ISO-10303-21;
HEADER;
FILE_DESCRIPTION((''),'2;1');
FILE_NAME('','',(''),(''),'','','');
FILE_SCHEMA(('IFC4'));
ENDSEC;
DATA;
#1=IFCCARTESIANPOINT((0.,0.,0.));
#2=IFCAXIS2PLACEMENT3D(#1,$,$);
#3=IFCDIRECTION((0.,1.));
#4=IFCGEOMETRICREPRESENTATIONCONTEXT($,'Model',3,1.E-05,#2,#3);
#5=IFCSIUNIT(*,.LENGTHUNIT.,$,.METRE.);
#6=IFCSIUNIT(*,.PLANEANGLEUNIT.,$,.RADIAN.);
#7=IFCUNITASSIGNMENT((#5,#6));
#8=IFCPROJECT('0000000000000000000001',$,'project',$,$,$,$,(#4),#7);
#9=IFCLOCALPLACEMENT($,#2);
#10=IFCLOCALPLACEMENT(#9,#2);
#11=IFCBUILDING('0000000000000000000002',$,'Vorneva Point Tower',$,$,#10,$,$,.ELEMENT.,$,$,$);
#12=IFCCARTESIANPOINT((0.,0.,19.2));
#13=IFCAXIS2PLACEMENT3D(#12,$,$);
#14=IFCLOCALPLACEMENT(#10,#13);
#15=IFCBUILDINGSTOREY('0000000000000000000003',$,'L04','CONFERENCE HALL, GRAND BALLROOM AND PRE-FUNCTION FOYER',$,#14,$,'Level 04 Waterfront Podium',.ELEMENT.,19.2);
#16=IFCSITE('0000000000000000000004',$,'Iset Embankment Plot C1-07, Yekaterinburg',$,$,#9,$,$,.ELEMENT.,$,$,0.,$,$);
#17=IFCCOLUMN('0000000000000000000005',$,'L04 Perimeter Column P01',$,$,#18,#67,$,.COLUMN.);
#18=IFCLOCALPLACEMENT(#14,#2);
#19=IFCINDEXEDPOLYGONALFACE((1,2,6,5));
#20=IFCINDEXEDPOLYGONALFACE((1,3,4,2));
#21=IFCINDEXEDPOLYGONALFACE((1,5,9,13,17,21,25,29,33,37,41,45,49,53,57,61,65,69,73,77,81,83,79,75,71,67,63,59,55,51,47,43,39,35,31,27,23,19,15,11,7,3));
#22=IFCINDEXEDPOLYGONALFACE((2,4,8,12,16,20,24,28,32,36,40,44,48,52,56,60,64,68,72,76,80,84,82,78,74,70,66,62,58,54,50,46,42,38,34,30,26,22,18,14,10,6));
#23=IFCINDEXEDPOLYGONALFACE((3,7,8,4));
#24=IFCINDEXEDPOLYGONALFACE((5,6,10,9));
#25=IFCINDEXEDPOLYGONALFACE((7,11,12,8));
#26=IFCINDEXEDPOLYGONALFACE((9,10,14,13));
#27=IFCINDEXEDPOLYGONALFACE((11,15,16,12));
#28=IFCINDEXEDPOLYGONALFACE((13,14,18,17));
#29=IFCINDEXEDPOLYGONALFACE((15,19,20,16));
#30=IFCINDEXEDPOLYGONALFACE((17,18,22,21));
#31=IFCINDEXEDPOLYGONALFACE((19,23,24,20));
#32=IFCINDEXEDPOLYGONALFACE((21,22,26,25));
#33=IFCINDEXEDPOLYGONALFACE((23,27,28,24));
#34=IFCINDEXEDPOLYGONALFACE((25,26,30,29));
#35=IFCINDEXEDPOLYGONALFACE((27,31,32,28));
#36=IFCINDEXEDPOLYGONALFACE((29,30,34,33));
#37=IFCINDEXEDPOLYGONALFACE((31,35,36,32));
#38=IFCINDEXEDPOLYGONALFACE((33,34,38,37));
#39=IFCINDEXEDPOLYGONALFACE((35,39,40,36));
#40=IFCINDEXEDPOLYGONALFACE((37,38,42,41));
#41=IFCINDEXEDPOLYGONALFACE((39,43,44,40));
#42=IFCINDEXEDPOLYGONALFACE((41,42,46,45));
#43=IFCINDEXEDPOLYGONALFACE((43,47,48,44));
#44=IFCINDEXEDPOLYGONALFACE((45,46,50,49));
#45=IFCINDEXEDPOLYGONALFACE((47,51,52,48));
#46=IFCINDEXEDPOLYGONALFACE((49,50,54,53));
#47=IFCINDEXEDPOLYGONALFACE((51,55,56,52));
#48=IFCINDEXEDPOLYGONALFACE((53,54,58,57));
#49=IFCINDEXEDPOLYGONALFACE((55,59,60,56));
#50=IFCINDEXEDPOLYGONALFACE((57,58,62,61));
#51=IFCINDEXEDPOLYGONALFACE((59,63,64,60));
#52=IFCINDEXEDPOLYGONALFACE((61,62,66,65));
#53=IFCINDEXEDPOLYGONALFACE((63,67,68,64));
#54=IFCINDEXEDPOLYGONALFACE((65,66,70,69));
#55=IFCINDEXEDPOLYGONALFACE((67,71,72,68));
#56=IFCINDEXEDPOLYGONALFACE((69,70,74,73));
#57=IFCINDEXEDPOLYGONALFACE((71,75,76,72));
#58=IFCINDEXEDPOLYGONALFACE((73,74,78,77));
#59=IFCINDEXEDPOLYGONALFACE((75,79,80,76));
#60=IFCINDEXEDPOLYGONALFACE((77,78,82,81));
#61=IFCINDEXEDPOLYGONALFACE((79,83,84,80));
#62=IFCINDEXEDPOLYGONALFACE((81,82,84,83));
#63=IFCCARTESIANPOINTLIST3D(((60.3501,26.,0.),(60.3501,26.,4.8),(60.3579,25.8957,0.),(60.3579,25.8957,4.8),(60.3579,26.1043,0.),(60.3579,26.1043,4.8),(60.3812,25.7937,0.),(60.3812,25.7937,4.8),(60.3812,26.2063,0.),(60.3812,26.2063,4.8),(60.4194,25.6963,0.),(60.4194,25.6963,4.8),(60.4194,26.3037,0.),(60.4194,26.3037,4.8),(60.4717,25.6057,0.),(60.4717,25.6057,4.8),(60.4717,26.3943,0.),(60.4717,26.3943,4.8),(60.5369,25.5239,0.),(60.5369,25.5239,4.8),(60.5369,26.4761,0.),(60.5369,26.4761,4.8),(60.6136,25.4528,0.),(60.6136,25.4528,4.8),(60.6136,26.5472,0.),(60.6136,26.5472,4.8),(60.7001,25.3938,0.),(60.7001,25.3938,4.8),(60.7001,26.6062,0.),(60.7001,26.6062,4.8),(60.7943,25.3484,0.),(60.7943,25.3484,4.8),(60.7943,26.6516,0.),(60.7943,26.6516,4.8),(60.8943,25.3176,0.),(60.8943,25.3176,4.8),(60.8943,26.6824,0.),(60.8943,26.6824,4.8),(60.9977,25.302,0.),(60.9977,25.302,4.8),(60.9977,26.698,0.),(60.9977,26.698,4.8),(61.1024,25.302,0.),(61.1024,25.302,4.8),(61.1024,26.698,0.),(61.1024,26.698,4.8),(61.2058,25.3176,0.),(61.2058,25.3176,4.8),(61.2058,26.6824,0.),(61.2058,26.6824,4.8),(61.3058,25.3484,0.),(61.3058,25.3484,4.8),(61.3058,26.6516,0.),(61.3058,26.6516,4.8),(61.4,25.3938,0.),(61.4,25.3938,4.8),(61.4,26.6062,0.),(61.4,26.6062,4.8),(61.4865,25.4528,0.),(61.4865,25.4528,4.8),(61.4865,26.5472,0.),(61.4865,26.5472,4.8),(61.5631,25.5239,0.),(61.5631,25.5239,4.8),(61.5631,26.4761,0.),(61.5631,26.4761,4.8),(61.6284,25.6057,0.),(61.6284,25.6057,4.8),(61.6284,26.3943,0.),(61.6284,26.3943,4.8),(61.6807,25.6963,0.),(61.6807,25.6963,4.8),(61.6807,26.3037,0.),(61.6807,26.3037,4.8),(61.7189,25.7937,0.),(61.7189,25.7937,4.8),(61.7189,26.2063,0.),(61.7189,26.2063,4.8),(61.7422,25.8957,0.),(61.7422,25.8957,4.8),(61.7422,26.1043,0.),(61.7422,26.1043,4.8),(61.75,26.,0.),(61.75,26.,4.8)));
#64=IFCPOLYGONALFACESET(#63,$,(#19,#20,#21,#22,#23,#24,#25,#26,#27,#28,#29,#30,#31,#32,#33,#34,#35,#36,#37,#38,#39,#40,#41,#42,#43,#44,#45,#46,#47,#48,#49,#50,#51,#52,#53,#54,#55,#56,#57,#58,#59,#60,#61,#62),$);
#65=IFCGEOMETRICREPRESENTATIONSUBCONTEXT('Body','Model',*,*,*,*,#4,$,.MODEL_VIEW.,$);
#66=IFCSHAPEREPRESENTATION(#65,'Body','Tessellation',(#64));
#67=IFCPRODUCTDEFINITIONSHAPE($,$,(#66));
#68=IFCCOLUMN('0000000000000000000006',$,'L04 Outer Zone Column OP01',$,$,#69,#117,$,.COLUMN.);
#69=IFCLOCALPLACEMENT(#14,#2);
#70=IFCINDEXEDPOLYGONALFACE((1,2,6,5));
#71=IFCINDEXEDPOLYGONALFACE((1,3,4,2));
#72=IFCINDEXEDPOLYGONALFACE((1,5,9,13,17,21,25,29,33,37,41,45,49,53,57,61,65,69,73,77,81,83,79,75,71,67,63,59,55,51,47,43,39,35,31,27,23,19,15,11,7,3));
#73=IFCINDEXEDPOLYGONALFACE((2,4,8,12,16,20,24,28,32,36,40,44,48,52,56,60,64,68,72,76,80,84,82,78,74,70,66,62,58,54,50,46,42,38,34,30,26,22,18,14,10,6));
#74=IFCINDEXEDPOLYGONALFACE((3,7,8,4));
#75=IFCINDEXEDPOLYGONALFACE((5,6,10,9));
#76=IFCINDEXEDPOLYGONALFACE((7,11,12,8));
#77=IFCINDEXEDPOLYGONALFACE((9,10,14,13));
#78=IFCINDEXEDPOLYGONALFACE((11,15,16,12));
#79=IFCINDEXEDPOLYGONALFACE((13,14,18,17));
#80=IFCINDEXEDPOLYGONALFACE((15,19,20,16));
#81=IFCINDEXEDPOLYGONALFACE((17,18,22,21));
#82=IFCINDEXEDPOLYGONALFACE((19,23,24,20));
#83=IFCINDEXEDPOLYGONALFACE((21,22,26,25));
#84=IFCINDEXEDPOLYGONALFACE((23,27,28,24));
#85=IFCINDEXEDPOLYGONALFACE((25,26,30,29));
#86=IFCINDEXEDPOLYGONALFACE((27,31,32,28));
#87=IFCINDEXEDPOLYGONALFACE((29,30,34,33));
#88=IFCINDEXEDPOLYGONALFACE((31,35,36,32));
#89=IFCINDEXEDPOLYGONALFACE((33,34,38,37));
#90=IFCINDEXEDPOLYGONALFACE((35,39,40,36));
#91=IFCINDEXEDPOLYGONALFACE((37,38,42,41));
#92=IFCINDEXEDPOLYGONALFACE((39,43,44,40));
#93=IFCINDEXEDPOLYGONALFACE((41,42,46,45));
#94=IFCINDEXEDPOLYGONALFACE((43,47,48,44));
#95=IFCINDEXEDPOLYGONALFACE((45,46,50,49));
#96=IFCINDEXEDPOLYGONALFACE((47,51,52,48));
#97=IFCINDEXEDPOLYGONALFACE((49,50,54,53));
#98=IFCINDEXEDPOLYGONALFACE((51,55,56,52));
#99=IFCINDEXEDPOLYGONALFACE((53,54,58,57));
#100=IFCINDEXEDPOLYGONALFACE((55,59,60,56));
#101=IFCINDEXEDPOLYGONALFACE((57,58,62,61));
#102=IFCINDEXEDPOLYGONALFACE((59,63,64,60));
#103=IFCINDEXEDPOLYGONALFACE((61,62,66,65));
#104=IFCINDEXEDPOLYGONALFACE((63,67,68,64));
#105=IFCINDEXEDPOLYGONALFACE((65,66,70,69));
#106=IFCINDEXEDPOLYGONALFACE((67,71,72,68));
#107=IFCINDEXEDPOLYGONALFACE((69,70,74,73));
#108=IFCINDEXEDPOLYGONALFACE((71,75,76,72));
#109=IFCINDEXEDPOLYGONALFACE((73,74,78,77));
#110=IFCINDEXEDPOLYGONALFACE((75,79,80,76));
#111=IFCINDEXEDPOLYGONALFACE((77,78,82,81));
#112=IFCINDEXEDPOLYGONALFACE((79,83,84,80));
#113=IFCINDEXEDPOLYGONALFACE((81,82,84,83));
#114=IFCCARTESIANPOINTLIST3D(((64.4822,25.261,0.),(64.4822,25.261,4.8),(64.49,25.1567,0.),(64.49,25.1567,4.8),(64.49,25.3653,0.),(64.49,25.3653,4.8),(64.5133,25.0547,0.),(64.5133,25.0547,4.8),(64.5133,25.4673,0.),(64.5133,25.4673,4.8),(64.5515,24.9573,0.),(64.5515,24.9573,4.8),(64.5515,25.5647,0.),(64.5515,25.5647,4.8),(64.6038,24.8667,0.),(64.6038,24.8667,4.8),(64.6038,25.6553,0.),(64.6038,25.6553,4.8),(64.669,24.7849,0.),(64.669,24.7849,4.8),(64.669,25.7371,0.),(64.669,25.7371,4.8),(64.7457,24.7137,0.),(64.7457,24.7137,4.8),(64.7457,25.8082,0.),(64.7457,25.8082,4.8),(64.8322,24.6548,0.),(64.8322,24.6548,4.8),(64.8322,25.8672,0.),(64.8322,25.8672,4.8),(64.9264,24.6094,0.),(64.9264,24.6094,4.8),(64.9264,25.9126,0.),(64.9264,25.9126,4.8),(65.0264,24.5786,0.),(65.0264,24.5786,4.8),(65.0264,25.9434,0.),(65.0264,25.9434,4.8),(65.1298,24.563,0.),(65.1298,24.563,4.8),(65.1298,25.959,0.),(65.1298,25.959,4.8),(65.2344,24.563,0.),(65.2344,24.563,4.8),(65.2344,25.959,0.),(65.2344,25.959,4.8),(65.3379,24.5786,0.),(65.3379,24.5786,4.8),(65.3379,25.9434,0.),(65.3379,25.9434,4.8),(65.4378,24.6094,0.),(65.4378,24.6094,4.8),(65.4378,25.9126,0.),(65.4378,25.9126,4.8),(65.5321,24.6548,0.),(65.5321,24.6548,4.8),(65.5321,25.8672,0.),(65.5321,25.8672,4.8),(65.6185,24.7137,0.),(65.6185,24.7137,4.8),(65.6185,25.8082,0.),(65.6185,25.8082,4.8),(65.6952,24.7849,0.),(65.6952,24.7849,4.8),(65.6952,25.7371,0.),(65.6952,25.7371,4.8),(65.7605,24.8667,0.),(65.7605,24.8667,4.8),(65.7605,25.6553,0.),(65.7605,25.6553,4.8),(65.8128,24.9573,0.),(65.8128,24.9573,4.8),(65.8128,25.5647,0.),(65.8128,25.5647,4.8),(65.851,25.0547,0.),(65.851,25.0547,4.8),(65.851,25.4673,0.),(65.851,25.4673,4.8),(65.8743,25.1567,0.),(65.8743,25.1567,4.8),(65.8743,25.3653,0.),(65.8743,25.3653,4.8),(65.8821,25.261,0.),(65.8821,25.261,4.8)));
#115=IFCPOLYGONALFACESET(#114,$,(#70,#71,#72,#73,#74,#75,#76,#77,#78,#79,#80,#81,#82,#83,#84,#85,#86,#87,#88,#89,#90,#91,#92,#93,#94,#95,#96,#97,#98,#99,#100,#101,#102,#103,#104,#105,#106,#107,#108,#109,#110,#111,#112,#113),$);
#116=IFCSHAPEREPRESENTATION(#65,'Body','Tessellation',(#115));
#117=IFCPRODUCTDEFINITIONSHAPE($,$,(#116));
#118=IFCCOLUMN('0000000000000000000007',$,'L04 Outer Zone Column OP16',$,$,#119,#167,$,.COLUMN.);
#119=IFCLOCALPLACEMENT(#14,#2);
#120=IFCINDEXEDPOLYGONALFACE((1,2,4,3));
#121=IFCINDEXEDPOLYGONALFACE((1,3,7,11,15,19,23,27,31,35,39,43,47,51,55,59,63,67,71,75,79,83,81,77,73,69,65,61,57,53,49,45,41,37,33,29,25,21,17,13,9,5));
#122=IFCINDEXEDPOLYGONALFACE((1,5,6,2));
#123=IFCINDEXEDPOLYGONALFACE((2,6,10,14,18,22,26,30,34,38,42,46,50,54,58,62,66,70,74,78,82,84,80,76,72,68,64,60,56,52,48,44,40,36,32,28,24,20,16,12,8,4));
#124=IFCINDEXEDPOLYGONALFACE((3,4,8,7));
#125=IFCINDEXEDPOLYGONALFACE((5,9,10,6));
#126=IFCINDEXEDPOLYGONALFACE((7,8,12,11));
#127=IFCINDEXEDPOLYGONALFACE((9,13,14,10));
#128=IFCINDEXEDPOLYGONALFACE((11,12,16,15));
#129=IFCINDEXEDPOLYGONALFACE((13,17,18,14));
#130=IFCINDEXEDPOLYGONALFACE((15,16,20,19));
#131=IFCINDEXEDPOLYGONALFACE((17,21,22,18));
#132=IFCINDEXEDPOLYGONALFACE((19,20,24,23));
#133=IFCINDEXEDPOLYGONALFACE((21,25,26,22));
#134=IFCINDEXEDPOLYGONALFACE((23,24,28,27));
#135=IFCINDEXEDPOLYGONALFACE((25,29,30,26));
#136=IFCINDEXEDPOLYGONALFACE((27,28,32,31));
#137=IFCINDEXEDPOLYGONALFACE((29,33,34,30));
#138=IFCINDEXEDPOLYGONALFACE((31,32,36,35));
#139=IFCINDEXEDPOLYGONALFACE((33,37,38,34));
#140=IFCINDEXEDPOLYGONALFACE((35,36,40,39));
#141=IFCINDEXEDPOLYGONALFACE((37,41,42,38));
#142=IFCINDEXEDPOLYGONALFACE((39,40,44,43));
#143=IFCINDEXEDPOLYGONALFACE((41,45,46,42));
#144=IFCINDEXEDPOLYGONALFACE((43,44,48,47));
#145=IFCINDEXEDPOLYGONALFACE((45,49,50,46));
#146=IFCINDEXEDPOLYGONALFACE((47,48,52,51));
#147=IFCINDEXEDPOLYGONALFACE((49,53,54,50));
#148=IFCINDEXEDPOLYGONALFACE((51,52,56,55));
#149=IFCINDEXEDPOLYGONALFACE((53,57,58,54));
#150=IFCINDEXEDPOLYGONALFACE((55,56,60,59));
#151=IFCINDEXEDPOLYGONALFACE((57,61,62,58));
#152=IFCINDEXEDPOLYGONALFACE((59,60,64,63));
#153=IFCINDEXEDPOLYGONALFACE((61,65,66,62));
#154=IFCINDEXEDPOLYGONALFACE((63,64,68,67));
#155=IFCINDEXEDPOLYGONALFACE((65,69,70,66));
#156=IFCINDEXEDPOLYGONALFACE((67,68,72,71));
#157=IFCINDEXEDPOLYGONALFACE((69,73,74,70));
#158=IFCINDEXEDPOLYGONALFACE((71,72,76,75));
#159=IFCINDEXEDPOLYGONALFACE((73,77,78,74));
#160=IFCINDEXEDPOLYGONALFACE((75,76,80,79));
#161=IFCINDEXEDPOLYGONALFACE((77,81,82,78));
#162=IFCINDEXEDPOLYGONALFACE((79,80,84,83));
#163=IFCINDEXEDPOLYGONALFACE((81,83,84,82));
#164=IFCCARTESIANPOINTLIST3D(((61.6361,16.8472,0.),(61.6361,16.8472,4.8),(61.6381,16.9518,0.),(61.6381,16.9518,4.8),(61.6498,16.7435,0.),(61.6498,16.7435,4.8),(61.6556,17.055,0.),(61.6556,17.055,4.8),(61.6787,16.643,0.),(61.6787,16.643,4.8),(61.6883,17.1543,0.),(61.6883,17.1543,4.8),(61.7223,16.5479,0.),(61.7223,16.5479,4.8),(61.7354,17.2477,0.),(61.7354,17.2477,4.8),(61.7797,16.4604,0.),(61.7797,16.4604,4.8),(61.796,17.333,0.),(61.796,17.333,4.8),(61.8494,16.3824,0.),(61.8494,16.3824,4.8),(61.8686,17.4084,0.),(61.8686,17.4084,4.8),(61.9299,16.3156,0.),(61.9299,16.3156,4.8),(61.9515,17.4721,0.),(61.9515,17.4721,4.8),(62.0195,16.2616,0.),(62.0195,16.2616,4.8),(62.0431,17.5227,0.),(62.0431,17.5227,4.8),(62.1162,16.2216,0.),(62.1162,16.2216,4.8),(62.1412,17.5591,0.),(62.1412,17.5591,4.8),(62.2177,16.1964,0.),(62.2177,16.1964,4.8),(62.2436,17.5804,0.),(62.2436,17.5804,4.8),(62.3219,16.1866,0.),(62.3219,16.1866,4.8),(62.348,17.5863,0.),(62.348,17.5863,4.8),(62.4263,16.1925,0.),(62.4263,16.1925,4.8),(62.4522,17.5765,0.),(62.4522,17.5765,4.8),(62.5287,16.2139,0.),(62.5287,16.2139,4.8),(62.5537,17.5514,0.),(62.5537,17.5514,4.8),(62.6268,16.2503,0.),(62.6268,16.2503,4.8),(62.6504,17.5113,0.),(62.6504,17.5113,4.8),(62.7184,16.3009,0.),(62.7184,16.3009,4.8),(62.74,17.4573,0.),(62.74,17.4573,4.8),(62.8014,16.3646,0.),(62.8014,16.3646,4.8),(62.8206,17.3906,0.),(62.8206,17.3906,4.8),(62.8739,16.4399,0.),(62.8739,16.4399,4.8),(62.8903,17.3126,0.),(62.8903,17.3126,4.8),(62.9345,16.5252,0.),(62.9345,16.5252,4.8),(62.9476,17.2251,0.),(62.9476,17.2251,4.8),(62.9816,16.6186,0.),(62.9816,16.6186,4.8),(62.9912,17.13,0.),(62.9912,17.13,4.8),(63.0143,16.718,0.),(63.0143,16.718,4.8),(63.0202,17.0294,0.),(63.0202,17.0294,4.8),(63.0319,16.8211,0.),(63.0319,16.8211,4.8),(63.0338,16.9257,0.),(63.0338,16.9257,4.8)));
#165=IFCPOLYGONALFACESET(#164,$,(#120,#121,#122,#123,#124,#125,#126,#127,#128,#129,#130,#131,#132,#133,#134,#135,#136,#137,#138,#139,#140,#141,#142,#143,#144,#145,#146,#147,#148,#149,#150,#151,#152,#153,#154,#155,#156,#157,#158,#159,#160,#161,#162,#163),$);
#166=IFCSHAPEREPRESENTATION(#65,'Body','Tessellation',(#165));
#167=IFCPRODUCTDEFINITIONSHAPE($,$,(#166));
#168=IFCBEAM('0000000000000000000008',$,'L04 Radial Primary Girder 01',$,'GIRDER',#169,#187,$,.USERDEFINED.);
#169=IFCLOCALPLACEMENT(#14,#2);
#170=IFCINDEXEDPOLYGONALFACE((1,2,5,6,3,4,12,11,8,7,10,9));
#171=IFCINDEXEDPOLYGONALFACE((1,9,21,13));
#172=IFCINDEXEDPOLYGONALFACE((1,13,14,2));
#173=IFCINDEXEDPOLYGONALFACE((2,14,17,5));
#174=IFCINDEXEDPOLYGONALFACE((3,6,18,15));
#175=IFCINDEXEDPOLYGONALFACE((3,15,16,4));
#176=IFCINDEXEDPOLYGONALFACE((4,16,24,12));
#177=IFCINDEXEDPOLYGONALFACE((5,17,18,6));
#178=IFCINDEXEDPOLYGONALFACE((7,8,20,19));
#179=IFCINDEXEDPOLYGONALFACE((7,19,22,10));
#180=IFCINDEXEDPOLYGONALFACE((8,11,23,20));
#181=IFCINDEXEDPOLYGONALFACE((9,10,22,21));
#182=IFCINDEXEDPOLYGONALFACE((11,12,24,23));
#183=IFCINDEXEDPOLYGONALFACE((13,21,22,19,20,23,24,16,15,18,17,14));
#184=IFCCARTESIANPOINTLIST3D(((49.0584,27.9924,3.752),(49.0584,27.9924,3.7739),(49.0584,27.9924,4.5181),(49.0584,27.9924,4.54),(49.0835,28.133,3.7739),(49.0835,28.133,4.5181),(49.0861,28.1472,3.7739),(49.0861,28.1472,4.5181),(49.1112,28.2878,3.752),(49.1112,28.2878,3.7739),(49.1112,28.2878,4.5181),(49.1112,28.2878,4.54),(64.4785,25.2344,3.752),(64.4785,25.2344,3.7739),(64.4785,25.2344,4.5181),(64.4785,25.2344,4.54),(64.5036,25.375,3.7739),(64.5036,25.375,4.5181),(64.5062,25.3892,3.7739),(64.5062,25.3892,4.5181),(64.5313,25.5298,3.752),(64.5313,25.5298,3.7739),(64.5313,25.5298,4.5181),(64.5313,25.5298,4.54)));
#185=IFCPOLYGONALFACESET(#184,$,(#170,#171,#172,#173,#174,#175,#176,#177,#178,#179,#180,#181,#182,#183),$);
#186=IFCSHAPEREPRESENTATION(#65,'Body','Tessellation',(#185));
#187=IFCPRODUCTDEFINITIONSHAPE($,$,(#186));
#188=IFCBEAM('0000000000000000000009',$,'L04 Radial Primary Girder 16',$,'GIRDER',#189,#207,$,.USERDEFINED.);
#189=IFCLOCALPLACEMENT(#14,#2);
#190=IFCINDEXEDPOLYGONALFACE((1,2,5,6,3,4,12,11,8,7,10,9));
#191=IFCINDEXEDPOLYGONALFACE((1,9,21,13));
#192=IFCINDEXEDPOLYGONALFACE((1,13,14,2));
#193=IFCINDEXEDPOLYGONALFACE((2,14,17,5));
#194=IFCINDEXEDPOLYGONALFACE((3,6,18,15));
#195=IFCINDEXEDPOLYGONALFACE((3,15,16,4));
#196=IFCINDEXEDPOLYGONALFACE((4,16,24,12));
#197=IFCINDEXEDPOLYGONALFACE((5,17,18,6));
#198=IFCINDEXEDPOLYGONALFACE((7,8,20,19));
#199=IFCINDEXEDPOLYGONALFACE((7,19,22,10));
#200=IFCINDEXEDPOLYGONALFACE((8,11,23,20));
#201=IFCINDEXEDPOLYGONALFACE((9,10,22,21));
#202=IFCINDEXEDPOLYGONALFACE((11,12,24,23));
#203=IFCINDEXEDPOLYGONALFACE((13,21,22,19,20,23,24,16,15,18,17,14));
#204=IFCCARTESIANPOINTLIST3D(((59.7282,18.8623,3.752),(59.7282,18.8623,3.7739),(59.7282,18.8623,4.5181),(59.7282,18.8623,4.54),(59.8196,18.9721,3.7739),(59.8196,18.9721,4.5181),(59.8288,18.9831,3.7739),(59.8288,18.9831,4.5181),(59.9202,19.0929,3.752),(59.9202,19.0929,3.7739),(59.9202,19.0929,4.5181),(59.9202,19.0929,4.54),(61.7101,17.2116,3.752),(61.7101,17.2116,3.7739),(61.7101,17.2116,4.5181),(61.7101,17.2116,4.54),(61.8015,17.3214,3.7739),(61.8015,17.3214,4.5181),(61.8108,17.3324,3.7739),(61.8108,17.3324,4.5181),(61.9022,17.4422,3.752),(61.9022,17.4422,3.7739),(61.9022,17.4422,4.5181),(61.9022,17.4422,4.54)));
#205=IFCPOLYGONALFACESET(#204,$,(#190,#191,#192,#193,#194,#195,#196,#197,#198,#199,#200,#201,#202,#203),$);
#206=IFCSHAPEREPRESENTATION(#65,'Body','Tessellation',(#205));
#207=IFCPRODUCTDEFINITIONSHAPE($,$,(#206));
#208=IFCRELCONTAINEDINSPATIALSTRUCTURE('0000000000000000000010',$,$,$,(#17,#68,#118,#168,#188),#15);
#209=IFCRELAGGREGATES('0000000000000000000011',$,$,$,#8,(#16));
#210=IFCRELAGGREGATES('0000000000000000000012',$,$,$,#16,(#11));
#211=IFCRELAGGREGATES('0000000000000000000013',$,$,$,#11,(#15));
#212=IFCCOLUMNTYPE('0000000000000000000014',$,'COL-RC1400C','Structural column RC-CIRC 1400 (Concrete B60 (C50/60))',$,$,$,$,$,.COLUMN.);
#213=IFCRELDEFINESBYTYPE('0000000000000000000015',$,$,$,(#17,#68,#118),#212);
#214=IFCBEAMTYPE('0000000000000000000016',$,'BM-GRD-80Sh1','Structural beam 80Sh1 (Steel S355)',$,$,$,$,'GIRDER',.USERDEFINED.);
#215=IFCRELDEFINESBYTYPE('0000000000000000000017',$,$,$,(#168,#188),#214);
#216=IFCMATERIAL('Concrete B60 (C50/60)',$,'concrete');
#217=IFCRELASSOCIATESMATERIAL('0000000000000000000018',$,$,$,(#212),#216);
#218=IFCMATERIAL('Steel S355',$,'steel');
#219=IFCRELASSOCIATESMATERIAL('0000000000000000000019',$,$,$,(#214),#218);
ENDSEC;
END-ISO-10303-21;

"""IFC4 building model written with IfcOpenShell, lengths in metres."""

from ifc_helpers import new_model, si_unit, direction, frame, origin, origin_2d, place, context, subcontext, project, spatial, circle, i_section, extrude, material, material_profile, profile_set, type_object, element, save


model = new_model("IFC4")

# Units and contexts
model_context = context("Model", 3, precision=1e-05, world=origin(), true_north=direction((0.0, 1.0)))
body_context = subcontext(model_context, "Body", "Model", "MODEL_VIEW")
ifc_project = project(units=[si_unit("LENGTHUNIT", "METRE"), si_unit("PLANEANGLEUNIT", "RADIAN")], contexts=[model_context])

# Site, building, storey
site_placement = place(None, origin())
site = spatial("IfcSite", under=ifc_project, at=site_placement, Name="Iset Embankment Plot C1-07, Yekaterinburg", CompositionType="ELEMENT", RefElevation=0.0)
building_placement = place(site_placement, origin())
building = spatial("IfcBuilding", under=site, at=building_placement, Name="Vorneva Point Tower", CompositionType="ELEMENT")
storey_placement = place(building_placement, frame((0.0, 0.0, 19.2)))
storey = spatial("IfcBuildingStorey", under=building, at=storey_placement, Name="L04", Description="CONFERENCE HALL, GRAND BALLROOM AND PRE-FUNCTION FOYER", LongName="Level 04 Waterfront Podium", CompositionType="ELEMENT", Elevation=19.2)

# Columns
ifc_material_1 = material(Name="Concrete B60 (C50/60)", Category="concrete")
ifc_material_profile_1 = material_profile(ifc_material_1, circle(Radius=0.7, at=origin_2d()), Name="RC-CIRC 1400")
ifc_profile_set_1 = profile_set([ifc_material_profile_1], Name="Concrete B60 (C50/60)")
column_type = type_object("IfcColumnType", Name="COL-RC1400C", Description="Structural column RC-CIRC 1400 (Concrete B60 (C50/60))", PredefinedType="COLUMN", material=ifc_profile_set_1)
for number, where, z_axis, x_axis, name in (
    (1, (61.05, 26.0, 0.0), (0.0, 0.0, 1.0), (1.0, 0.0, 0.0), "L04 Perimeter Column P01"),
    (2, (65.1821, 25.261, 0.0), (0.0, 0.0, 1.0), (1.0, 0.0, 0.0), "L04 Outer Zone Column OP01"),
    (3, (62.335, 16.8865, 0.0), (0.0, 0.0, 1.0), (0.92388, -0.382683, 0.0), "L04 Outer Zone Column OP16"),
):
    element("IfcColumn", number, at=place(storey_placement, frame(where, z_axis=z_axis, x_axis=x_axis)), inside=storey, type_object=column_type, Name=name, PredefinedType="COLUMN", context=body_context, shape_type="SweptSolid", body=[
        extrude(circle(Radius=0.7, at=origin_2d()), origin(), (0.0, 0.0, 1.0), 4.8),
    ])

# Beams
ifc_material_2 = material(Name="Steel S355", Category="steel")
ifc_material_profile_2 = material_profile(ifc_material_2, i_section(OverallWidth=0.3, OverallDepth=0.7881, WebThickness=0.0144, FlangeThickness=0.022, at=origin_2d()), Name="80Sh1")
ifc_profile_set_2 = profile_set([ifc_material_profile_2], Name="Steel S355")
beam_type_1 = type_object("IfcBeamType", Name="BM-GRD-80Sh1", Description="Structural beam 80Sh1 (Steel S355)", ElementType="GIRDER", PredefinedType="USERDEFINED", material=ifc_profile_set_2)
beam_1_placement = place(storey_placement, frame((64.5049, 25.3821, 4.146), z_axis=(-0.984378, 0.176066, 0.0), x_axis=(-0.176066, -0.984378, 0.0)))
element("IfcBeam", 4, at=beam_1_placement, inside=storey, type_object=beam_type_1, Name="L04 Radial Primary Girder 01", ObjectType="GIRDER", PredefinedType="USERDEFINED", context=body_context, shape_type="SweptSolid", body=[
    extrude(i_section(OverallWidth=0.3, OverallDepth=0.7881, WebThickness=0.0144, FlangeThickness=0.022, at=origin_2d()), origin(), (0.0, 0.0, 1.0), 15.6648),
])
beam_2_placement = place(storey_placement, frame((61.8062, 17.3269, 4.146), z_axis=(-0.768407, 0.639961, 0.0), x_axis=(-0.639961, -0.768407, 0.0)))
element("IfcBeam", 5, at=beam_2_placement, inside=storey, type_object=beam_type_1, Name="L04 Radial Primary Girder 16", ObjectType="GIRDER", PredefinedType="USERDEFINED", context=body_context, shape_type="SweptSolid", body=[
    extrude(i_section(OverallWidth=0.3, OverallDepth=0.7881, WebThickness=0.0144, FlangeThickness=0.022, at=origin_2d()), origin(), (0.0, 0.0, 1.0), 2.5793),
])

save(model, "model.ifc")
